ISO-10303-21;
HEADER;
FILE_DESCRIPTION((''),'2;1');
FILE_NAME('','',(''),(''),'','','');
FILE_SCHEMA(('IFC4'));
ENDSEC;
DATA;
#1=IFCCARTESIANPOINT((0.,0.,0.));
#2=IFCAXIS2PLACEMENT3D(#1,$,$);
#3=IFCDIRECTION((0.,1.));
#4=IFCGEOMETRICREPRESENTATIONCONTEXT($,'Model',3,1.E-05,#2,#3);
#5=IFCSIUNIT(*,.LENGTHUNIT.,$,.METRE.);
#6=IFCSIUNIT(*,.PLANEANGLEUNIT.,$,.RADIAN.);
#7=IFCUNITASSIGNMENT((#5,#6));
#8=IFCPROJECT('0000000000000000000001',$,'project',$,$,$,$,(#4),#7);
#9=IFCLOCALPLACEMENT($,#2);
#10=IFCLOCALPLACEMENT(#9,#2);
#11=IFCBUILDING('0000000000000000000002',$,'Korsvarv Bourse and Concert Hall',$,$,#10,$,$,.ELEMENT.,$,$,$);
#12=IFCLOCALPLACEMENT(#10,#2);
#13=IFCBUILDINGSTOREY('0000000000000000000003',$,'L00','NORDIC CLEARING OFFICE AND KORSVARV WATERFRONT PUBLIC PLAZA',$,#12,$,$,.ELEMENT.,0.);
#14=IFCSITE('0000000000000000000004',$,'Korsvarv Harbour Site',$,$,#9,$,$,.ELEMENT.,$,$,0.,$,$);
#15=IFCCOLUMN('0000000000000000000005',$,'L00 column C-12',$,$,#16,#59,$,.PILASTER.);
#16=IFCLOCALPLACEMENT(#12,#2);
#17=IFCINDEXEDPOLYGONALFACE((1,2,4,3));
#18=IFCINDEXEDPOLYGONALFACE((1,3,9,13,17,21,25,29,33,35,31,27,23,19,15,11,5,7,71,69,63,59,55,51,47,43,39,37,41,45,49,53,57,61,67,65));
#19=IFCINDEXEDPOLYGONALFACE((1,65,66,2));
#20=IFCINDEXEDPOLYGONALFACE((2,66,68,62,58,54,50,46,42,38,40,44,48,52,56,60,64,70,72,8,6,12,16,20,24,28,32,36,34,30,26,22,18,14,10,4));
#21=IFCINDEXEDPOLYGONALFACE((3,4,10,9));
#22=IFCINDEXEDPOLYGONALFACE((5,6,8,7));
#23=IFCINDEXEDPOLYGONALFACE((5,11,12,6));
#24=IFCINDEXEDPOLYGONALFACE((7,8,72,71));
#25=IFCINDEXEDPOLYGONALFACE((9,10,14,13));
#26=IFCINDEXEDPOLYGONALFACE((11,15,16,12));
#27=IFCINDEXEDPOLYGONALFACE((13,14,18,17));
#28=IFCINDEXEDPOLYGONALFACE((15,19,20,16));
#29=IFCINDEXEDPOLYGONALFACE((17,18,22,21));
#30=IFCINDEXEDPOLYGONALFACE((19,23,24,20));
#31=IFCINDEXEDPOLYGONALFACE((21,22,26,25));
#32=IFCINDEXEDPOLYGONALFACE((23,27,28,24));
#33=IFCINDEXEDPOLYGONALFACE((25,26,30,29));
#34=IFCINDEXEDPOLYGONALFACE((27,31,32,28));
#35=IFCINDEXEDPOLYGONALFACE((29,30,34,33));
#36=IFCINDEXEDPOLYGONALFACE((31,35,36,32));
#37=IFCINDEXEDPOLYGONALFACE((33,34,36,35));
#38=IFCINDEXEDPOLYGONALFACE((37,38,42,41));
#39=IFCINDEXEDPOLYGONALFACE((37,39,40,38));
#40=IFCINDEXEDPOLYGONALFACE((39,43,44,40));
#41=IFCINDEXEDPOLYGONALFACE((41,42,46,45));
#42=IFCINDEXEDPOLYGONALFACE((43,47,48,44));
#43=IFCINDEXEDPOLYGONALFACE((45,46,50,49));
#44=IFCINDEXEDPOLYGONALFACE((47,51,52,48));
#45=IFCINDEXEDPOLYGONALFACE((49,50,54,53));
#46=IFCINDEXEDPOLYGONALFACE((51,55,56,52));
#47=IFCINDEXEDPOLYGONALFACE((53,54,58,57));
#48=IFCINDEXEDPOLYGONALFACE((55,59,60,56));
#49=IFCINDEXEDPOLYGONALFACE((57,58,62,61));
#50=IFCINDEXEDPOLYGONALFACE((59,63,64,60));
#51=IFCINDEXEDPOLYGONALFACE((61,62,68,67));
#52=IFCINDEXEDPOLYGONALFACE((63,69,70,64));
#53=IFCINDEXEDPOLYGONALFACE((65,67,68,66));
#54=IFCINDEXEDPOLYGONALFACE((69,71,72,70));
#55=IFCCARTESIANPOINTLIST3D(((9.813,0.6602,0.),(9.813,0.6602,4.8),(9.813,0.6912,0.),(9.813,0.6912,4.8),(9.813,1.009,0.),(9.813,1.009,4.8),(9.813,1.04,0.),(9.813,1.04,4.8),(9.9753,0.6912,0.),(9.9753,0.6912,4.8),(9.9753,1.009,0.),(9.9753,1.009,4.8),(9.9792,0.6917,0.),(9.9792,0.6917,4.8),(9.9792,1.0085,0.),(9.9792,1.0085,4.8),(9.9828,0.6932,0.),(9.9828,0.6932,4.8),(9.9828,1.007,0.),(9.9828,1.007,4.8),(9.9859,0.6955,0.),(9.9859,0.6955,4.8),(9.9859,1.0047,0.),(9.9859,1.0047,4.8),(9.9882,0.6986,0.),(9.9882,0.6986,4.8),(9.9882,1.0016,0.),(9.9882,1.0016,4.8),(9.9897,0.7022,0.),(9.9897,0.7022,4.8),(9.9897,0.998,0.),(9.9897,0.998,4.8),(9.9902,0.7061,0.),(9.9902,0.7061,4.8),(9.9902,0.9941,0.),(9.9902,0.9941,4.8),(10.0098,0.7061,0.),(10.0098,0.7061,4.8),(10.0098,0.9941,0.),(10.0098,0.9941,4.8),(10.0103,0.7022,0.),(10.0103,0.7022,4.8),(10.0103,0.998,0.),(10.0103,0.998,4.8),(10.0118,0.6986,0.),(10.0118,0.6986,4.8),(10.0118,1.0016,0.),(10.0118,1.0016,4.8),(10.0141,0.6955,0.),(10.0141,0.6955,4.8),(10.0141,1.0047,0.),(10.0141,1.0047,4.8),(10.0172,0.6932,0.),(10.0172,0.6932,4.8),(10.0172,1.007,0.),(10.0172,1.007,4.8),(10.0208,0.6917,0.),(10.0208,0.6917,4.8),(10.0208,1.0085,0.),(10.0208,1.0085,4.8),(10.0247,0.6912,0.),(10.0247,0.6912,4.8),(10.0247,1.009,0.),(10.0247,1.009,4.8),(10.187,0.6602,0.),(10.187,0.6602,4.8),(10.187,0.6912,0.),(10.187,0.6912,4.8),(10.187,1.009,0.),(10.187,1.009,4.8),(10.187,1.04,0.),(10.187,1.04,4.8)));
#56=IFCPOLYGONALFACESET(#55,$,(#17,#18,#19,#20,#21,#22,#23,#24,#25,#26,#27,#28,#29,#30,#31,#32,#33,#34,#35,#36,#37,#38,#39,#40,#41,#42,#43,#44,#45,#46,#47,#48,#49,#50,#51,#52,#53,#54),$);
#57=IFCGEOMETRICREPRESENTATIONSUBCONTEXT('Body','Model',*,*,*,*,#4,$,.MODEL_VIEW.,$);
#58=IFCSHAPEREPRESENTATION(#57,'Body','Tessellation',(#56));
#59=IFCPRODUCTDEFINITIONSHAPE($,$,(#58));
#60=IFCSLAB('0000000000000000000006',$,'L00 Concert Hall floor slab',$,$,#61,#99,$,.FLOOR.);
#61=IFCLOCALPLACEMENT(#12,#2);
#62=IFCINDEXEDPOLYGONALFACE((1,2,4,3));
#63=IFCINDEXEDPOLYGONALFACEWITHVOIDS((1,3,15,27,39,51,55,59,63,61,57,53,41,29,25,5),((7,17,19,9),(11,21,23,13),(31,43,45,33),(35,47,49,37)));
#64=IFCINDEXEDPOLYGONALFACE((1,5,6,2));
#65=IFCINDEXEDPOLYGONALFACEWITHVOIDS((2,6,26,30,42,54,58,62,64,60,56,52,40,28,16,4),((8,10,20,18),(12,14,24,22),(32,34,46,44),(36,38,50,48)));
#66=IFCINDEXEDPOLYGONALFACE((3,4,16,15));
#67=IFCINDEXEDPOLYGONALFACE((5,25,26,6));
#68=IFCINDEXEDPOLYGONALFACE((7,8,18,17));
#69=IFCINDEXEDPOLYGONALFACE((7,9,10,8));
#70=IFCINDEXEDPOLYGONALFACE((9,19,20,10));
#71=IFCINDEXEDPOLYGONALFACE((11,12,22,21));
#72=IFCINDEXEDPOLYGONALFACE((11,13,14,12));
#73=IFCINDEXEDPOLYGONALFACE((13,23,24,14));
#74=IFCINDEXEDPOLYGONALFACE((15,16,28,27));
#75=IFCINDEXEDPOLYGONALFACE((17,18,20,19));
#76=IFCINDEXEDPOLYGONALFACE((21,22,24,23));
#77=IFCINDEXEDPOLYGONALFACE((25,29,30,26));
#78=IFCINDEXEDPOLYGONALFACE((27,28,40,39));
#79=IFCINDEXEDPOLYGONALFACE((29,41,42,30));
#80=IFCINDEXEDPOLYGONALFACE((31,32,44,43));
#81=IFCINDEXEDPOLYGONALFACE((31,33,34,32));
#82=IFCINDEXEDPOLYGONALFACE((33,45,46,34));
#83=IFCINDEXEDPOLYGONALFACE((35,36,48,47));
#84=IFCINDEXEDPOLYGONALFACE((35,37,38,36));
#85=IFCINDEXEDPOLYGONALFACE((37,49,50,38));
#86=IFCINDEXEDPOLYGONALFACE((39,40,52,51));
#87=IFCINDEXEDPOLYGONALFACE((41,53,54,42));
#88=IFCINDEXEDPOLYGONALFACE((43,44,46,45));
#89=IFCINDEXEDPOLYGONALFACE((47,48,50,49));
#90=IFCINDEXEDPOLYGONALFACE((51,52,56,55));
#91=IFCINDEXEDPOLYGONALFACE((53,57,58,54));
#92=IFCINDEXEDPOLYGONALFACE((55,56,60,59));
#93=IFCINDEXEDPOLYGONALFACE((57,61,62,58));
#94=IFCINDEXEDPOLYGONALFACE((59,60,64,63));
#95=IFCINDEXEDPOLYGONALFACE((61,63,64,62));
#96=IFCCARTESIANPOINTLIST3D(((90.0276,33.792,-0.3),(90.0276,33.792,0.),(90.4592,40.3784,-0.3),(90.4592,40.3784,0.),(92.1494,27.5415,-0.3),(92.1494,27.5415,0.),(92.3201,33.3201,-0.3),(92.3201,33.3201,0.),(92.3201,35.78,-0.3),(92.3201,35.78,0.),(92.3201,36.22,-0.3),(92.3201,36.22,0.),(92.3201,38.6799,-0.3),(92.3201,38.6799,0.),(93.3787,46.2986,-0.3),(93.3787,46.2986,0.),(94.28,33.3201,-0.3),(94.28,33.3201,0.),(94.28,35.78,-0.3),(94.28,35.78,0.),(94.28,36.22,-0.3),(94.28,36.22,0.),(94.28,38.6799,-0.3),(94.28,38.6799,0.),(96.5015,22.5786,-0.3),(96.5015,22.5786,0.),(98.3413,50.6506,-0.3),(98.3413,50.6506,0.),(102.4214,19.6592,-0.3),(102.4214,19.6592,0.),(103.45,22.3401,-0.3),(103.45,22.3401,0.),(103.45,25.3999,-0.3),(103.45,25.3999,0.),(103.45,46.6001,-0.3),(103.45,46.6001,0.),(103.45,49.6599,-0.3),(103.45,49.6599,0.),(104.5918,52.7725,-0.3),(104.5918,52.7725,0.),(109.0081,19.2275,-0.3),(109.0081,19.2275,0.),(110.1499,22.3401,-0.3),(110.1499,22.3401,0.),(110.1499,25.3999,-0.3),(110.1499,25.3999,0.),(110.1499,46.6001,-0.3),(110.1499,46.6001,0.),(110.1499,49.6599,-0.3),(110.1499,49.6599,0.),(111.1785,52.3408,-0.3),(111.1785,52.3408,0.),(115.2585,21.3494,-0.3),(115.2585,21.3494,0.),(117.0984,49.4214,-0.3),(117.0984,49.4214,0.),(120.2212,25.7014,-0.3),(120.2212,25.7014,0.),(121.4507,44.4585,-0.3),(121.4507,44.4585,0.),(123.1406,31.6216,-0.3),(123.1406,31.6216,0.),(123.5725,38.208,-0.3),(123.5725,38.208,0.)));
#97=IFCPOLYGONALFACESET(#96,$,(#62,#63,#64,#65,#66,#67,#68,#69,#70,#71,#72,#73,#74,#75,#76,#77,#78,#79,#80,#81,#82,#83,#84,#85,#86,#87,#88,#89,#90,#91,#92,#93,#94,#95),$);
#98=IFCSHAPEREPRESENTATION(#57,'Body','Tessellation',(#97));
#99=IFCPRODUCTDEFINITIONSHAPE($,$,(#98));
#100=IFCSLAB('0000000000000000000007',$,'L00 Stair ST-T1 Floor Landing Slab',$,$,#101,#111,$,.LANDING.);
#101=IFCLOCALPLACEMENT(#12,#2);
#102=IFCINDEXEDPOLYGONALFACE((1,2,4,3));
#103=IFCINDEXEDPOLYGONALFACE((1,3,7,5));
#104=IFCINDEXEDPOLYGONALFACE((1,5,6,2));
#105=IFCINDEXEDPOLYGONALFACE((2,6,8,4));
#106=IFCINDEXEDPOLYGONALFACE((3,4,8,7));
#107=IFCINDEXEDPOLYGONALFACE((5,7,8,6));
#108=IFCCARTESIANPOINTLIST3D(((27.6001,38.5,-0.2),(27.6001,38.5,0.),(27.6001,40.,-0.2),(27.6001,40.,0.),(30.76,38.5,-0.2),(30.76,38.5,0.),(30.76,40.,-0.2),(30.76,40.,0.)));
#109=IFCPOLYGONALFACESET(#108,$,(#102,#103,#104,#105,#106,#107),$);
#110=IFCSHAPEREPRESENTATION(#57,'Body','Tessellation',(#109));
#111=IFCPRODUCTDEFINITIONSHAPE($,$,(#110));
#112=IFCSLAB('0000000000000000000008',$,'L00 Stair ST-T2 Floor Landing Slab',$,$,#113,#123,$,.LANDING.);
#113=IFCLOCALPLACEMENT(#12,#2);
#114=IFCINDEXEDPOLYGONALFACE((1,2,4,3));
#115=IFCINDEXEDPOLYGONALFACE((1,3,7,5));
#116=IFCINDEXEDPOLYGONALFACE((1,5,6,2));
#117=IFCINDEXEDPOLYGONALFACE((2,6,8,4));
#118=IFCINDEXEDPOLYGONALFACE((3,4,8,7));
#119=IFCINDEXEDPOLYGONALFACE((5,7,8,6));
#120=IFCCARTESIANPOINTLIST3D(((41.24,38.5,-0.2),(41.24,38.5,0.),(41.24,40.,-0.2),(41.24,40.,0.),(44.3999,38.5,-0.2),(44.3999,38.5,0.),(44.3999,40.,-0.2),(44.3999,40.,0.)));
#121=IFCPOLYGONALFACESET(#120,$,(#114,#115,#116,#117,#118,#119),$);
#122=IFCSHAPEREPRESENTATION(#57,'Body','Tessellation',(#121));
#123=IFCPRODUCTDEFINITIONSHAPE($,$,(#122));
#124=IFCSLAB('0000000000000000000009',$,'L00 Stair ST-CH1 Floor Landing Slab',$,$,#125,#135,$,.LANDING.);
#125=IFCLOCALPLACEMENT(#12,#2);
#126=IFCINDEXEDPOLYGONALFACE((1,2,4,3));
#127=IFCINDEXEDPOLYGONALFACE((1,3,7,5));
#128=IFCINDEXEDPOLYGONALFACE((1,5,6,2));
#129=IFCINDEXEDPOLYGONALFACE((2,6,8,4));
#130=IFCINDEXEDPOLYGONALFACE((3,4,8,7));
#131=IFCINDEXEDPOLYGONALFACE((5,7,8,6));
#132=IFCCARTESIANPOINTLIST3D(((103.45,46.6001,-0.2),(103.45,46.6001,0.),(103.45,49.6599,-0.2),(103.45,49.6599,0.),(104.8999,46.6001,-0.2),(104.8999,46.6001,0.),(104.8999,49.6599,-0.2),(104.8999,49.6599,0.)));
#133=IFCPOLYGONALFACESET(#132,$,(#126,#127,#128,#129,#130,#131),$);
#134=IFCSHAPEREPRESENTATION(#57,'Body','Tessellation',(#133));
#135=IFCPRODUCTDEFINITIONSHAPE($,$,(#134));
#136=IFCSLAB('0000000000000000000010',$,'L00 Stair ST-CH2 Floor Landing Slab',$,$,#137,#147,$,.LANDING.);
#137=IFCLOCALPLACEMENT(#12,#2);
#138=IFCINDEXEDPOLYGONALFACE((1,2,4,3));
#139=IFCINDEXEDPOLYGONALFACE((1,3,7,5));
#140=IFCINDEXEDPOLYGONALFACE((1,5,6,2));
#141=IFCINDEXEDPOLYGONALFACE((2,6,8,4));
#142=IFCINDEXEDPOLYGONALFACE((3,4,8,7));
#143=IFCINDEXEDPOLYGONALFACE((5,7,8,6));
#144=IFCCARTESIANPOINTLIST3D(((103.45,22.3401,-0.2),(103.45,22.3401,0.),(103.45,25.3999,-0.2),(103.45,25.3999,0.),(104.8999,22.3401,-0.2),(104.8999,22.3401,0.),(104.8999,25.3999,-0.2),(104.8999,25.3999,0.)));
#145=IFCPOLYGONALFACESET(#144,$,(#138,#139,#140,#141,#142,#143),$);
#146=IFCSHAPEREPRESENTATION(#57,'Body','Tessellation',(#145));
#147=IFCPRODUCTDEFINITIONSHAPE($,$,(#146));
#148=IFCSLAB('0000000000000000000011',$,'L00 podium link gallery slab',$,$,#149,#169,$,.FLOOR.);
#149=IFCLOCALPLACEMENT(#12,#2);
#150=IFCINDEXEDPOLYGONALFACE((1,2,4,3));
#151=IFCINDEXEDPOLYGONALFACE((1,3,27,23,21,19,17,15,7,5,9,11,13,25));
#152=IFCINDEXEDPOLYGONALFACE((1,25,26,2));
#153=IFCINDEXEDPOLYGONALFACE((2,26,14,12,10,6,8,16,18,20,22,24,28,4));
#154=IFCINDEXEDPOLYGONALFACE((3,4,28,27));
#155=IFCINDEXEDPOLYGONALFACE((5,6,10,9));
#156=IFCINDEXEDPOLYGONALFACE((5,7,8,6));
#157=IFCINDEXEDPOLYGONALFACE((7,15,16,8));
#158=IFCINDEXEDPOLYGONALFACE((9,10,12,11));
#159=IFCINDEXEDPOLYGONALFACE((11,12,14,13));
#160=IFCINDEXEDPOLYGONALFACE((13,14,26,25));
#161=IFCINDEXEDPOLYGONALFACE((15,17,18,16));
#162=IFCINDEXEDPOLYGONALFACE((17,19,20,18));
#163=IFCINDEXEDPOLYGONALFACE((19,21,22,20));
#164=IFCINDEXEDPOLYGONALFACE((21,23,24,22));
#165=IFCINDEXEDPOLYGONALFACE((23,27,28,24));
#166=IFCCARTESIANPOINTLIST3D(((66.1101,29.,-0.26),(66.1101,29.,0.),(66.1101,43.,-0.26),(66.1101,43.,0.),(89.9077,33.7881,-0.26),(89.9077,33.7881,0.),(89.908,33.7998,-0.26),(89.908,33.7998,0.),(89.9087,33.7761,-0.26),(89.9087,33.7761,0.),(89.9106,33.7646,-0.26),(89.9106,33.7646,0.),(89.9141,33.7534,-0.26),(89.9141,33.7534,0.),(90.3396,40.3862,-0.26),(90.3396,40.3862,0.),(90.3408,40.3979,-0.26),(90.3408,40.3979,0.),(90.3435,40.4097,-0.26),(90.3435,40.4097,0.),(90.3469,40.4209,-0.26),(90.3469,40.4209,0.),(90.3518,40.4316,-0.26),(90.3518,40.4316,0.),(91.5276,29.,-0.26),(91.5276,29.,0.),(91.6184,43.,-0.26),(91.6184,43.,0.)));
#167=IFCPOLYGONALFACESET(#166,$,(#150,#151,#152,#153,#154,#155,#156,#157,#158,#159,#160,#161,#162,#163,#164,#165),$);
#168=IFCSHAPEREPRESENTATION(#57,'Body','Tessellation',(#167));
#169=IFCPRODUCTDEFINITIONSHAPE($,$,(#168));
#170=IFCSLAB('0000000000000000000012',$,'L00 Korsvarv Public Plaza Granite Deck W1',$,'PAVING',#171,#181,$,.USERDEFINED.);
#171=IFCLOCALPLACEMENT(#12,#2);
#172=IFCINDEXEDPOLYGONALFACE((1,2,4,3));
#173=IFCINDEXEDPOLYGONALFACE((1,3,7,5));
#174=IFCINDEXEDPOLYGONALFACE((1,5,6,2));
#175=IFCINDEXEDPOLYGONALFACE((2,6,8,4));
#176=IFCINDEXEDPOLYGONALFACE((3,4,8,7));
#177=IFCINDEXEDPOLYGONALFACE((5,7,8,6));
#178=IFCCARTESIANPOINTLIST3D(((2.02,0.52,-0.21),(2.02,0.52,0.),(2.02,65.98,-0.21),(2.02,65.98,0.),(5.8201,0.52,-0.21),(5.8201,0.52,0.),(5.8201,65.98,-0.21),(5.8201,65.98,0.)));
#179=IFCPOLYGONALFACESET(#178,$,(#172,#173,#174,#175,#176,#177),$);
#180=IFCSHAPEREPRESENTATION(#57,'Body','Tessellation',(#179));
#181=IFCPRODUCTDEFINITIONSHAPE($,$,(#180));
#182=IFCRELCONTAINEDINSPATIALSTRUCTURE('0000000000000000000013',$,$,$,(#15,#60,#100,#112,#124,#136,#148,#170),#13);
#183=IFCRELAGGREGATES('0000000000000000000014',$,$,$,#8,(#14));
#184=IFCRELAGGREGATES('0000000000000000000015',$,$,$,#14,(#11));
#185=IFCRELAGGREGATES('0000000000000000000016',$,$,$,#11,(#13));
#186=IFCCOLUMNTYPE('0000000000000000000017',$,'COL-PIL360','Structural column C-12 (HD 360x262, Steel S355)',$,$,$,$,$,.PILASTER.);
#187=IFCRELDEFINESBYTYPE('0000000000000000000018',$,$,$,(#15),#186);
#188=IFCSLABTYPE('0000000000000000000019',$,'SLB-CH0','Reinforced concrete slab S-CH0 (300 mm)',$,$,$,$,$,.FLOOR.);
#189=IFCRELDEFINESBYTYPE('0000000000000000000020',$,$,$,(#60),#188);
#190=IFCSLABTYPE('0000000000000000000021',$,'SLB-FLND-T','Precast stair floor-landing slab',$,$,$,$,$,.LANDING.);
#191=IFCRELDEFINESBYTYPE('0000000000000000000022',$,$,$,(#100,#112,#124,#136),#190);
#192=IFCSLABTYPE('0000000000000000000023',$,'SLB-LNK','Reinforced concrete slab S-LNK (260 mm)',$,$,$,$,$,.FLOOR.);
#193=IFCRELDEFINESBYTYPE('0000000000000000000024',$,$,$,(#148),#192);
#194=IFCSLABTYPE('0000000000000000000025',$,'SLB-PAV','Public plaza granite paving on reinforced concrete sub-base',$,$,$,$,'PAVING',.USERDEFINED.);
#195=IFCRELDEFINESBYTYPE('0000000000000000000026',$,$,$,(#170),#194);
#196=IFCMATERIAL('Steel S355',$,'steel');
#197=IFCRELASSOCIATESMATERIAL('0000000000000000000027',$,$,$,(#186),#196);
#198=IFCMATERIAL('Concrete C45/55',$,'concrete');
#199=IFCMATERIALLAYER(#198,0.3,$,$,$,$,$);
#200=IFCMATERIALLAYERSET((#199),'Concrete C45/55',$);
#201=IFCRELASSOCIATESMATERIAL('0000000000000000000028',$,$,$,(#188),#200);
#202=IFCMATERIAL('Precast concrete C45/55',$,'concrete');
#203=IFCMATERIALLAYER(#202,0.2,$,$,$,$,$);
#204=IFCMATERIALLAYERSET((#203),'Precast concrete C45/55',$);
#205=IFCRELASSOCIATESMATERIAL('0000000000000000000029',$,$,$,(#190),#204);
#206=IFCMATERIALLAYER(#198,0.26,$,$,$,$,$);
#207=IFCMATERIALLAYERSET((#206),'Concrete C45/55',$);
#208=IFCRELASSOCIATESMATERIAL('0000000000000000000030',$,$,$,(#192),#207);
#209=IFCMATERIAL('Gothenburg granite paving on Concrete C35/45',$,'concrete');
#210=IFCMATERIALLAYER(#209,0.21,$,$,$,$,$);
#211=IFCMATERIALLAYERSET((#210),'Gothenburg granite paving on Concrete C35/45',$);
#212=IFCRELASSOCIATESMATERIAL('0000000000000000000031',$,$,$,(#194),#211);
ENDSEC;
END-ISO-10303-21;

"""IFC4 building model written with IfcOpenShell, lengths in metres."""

from ifc_helpers import new_model, si_unit, direction, frame, origin, origin_2d, place, context, subcontext, project, spatial, polyline, i_section, outline, extrude, source, transform, mapped, material, layer, layer_set, material_profile, profile_set, type_object, element, save


model = new_model("IFC4")

# Units and contexts
model_context = context("Model", 3, precision=1e-05, world=origin(), true_north=direction((0.0, 1.0)))
body_context = subcontext(model_context, "Body", "Model", "MODEL_VIEW")
ifc_project = project(units=[si_unit("LENGTHUNIT", "METRE"), si_unit("PLANEANGLEUNIT", "RADIAN")], contexts=[model_context])

# Site, building, storey
site_placement = place(None, origin())
site = spatial("IfcSite", under=ifc_project, at=site_placement, Name="Korsvarv Harbour Site", CompositionType="ELEMENT", RefElevation=0.0)
building_placement = place(site_placement, origin())
building = spatial("IfcBuilding", under=site, at=building_placement, Name="Korsvarv Bourse and Concert Hall", CompositionType="ELEMENT")
storey_placement = place(building_placement, origin())
storey = spatial("IfcBuildingStorey", under=building, at=storey_placement, Name="L00", Description="NORDIC CLEARING OFFICE AND KORSVARV WATERFRONT PUBLIC PLAZA", CompositionType="ELEMENT", Elevation=0.0)

# Column
ifc_material_1 = material(Name="Steel S355", Category="steel")
ifc_material_profile_1 = material_profile(ifc_material_1, i_section(OverallWidth=0.374, OverallDepth=0.3799, WebThickness=0.0195, FlangeThickness=0.031, FilletRadius=0.0149, at=origin_2d()), Name="HD 360x262")
ifc_profile_set_1 = profile_set([ifc_material_profile_1], Name="Steel S355")
column_type = type_object("IfcColumnType", Name="COL-PIL360", Description="Structural column C-12 (HD 360x262, Steel S355)", PredefinedType="PILASTER", material=ifc_profile_set_1)
shared_shape_1 = source(origin(), body_context, "Body", "SweptSolid", [
    extrude(i_section(OverallWidth=0.374, OverallDepth=0.3799, WebThickness=0.0195, FlangeThickness=0.031, FilletRadius=0.0149, at=origin_2d()), origin(), (0.0, 0.0, 1.0), 4.8),
])
column_placement = place(storey_placement, frame((10.0, 0.8501, 0.0), z_axis=(0.0, 0.0, 1.0), x_axis=(1.0, 0.0, 0.0)))
element("IfcColumn", 1, at=column_placement, inside=storey, type_object=column_type, Name="L00 column C-12", PredefinedType="PILASTER", context=body_context, shape_type="MappedRepresentation", body=[
    mapped(shared_shape_1, transform((0.0, 0.0, 0.0), scale=1.0)),
])

# Slabs
ifc_material_2 = material(Name="Concrete C45/55", Category="concrete")
ifc_layer_1 = layer(ifc_material_2, 0.3)
ifc_layer_set_1 = layer_set([ifc_layer_1], Name="Concrete C45/55")
slab_type_1 = type_object("IfcSlabType", Name="SLB-CH0", Description="Reinforced concrete slab S-CH0 (300 mm)", PredefinedType="FLOOR", material=ifc_layer_set_1)
slab_1_placement = place(storey_placement, frame((0.0, 0.0, -0.3)))
element("IfcSlab", 2, at=slab_1_placement, inside=storey, type_object=slab_type_1, Name="L00 Concert Hall floor slab", PredefinedType="FLOOR", context=body_context, shape_type="SweptSolid", body=[
    extrude(outline(polyline([(123.5725, 38.208), (121.4507, 44.4585), (117.0984, 49.4214), (111.1785, 52.3408), (104.5918, 52.7725), (98.3413, 50.6506), (93.3787, 46.2986), (90.4592, 40.3784), (90.0276, 33.792), (92.1494, 27.5415), (96.5015, 22.5786), (102.4214, 19.6592), (109.0081, 19.2275), (115.2585, 21.3494), (120.2212, 25.7014), (123.1406, 31.6216), (123.5725, 38.208)]), holes=[polyline([(103.45, 46.6001), (110.1499, 46.6001), (110.1499, 49.6599), (103.45, 49.6599), (103.45, 46.6001)]), polyline([(103.45, 22.3401), (110.1499, 22.3401), (110.1499, 25.3999), (103.45, 25.3999), (103.45, 22.3401)]), polyline([(92.3201, 36.22), (94.28, 36.22), (94.28, 38.6799), (92.3201, 38.6799), (92.3201, 36.22)]), polyline([(92.3201, 33.3201), (94.28, 33.3201), (94.28, 35.78), (92.3201, 35.78), (92.3201, 33.3201)])]), origin(), (0.0, 0.0, 1.0), 0.3),
])
ifc_material_3 = material(Name="Precast concrete C45/55", Category="concrete")
ifc_layer_2 = layer(ifc_material_3, 0.2)
ifc_layer_set_2 = layer_set([ifc_layer_2], Name="Precast concrete C45/55")
slab_type_2 = type_object("IfcSlabType", Name="SLB-FLND-T", Description="Precast stair floor-landing slab", PredefinedType="LANDING", material=ifc_layer_set_2)
slab_2_placement = place(storey_placement, frame((0.0, 0.0, -0.2)))
element("IfcSlab", 3, at=slab_2_placement, inside=storey, type_object=slab_type_2, Name="L00 Stair ST-T1 Floor Landing Slab", PredefinedType="LANDING", context=body_context, shape_type="SweptSolid", body=[
    extrude(outline(polyline([(30.76, 38.5), (30.76, 40.0), (27.6001, 40.0), (27.6001, 38.5), (30.76, 38.5)])), origin(), (0.0, 0.0, 1.0), 0.2),
])
slab_3_placement = place(storey_placement, frame((0.0, 0.0, -0.2)))
element("IfcSlab", 4, at=slab_3_placement, inside=storey, type_object=slab_type_2, Name="L00 Stair ST-T2 Floor Landing Slab", PredefinedType="LANDING", context=body_context, shape_type="SweptSolid", body=[
    extrude(outline(polyline([(44.3999, 38.5), (44.3999, 40.0), (41.24, 40.0), (41.24, 38.5), (44.3999, 38.5)])), origin(), (0.0, 0.0, 1.0), 0.2),
])
slab_4_placement = place(storey_placement, frame((0.0, 0.0, -0.2)))
element("IfcSlab", 5, at=slab_4_placement, inside=storey, type_object=slab_type_2, Name="L00 Stair ST-CH1 Floor Landing Slab", PredefinedType="LANDING", context=body_context, shape_type="SweptSolid", body=[
    extrude(outline(polyline([(103.45, 46.6001), (104.8999, 46.6001), (104.8999, 49.6599), (103.45, 49.6599), (103.45, 46.6001)])), origin(), (0.0, 0.0, 1.0), 0.2),
])
slab_5_placement = place(storey_placement, frame((0.0, 0.0, -0.2)))
element("IfcSlab", 6, at=slab_5_placement, inside=storey, type_object=slab_type_2, Name="L00 Stair ST-CH2 Floor Landing Slab", PredefinedType="LANDING", context=body_context, shape_type="SweptSolid", body=[
    extrude(outline(polyline([(103.45, 22.3401), (104.8999, 22.3401), (104.8999, 25.3999), (103.45, 25.3999), (103.45, 22.3401)])), origin(), (0.0, 0.0, 1.0), 0.2),
])
ifc_layer_3 = layer(ifc_material_2, 0.26)
ifc_layer_set_3 = layer_set([ifc_layer_3], Name="Concrete C45/55")
slab_type_3 = type_object("IfcSlabType", Name="SLB-LNK", Description="Reinforced concrete slab S-LNK (260 mm)", PredefinedType="FLOOR", material=ifc_layer_set_3)
slab_6_placement = place(storey_placement, frame((0.0, 0.0, -0.26)))
element("IfcSlab", 7, at=slab_6_placement, inside=storey, type_object=slab_type_3, Name="L00 podium link gallery slab", PredefinedType="FLOOR", context=body_context, shape_type="SweptSolid", body=[
    extrude(outline(polyline([(66.1101, 29.0), (66.1101, 43.0), (91.6184, 43.0), (90.3518, 40.4316), (90.3469, 40.4209), (90.3435, 40.4097), (90.3408, 40.3979), (90.3396, 40.3862), (89.908, 33.7998), (89.9077, 33.7881), (89.9087, 33.7761), (89.9106, 33.7646), (89.9141, 33.7534), (91.5276, 29.0), (66.1101, 29.0)])), origin(), (0.0, 0.0, 1.0), 0.26),
])
ifc_material_4 = material(Name="Gothenburg granite paving on Concrete C35/45", Category="concrete")
ifc_layer_4 = layer(ifc_material_4, 0.21)
ifc_layer_set_4 = layer_set([ifc_layer_4], Name="Gothenburg granite paving on Concrete C35/45")
slab_type_4 = type_object("IfcSlabType", Name="SLB-PAV", Description="Public plaza granite paving on reinforced concrete sub-base", ElementType="PAVING", PredefinedType="USERDEFINED", material=ifc_layer_set_4)
slab_7_placement = place(storey_placement, frame((0.0, 0.0, -0.21)))
element("IfcSlab", 8, at=slab_7_placement, inside=storey, type_object=slab_type_4, Name="L00 Korsvarv Public Plaza Granite Deck W1", ObjectType="PAVING", PredefinedType="USERDEFINED", context=body_context, shape_type="SweptSolid", body=[
    extrude(outline(polyline([(2.02, 0.52), (2.02, 65.98), (5.8201, 65.98), (5.8201, 0.52), (2.02, 0.52)])), origin(), (0.0, 0.0, 1.0), 0.21),
])

save(model, "model.ifc")
